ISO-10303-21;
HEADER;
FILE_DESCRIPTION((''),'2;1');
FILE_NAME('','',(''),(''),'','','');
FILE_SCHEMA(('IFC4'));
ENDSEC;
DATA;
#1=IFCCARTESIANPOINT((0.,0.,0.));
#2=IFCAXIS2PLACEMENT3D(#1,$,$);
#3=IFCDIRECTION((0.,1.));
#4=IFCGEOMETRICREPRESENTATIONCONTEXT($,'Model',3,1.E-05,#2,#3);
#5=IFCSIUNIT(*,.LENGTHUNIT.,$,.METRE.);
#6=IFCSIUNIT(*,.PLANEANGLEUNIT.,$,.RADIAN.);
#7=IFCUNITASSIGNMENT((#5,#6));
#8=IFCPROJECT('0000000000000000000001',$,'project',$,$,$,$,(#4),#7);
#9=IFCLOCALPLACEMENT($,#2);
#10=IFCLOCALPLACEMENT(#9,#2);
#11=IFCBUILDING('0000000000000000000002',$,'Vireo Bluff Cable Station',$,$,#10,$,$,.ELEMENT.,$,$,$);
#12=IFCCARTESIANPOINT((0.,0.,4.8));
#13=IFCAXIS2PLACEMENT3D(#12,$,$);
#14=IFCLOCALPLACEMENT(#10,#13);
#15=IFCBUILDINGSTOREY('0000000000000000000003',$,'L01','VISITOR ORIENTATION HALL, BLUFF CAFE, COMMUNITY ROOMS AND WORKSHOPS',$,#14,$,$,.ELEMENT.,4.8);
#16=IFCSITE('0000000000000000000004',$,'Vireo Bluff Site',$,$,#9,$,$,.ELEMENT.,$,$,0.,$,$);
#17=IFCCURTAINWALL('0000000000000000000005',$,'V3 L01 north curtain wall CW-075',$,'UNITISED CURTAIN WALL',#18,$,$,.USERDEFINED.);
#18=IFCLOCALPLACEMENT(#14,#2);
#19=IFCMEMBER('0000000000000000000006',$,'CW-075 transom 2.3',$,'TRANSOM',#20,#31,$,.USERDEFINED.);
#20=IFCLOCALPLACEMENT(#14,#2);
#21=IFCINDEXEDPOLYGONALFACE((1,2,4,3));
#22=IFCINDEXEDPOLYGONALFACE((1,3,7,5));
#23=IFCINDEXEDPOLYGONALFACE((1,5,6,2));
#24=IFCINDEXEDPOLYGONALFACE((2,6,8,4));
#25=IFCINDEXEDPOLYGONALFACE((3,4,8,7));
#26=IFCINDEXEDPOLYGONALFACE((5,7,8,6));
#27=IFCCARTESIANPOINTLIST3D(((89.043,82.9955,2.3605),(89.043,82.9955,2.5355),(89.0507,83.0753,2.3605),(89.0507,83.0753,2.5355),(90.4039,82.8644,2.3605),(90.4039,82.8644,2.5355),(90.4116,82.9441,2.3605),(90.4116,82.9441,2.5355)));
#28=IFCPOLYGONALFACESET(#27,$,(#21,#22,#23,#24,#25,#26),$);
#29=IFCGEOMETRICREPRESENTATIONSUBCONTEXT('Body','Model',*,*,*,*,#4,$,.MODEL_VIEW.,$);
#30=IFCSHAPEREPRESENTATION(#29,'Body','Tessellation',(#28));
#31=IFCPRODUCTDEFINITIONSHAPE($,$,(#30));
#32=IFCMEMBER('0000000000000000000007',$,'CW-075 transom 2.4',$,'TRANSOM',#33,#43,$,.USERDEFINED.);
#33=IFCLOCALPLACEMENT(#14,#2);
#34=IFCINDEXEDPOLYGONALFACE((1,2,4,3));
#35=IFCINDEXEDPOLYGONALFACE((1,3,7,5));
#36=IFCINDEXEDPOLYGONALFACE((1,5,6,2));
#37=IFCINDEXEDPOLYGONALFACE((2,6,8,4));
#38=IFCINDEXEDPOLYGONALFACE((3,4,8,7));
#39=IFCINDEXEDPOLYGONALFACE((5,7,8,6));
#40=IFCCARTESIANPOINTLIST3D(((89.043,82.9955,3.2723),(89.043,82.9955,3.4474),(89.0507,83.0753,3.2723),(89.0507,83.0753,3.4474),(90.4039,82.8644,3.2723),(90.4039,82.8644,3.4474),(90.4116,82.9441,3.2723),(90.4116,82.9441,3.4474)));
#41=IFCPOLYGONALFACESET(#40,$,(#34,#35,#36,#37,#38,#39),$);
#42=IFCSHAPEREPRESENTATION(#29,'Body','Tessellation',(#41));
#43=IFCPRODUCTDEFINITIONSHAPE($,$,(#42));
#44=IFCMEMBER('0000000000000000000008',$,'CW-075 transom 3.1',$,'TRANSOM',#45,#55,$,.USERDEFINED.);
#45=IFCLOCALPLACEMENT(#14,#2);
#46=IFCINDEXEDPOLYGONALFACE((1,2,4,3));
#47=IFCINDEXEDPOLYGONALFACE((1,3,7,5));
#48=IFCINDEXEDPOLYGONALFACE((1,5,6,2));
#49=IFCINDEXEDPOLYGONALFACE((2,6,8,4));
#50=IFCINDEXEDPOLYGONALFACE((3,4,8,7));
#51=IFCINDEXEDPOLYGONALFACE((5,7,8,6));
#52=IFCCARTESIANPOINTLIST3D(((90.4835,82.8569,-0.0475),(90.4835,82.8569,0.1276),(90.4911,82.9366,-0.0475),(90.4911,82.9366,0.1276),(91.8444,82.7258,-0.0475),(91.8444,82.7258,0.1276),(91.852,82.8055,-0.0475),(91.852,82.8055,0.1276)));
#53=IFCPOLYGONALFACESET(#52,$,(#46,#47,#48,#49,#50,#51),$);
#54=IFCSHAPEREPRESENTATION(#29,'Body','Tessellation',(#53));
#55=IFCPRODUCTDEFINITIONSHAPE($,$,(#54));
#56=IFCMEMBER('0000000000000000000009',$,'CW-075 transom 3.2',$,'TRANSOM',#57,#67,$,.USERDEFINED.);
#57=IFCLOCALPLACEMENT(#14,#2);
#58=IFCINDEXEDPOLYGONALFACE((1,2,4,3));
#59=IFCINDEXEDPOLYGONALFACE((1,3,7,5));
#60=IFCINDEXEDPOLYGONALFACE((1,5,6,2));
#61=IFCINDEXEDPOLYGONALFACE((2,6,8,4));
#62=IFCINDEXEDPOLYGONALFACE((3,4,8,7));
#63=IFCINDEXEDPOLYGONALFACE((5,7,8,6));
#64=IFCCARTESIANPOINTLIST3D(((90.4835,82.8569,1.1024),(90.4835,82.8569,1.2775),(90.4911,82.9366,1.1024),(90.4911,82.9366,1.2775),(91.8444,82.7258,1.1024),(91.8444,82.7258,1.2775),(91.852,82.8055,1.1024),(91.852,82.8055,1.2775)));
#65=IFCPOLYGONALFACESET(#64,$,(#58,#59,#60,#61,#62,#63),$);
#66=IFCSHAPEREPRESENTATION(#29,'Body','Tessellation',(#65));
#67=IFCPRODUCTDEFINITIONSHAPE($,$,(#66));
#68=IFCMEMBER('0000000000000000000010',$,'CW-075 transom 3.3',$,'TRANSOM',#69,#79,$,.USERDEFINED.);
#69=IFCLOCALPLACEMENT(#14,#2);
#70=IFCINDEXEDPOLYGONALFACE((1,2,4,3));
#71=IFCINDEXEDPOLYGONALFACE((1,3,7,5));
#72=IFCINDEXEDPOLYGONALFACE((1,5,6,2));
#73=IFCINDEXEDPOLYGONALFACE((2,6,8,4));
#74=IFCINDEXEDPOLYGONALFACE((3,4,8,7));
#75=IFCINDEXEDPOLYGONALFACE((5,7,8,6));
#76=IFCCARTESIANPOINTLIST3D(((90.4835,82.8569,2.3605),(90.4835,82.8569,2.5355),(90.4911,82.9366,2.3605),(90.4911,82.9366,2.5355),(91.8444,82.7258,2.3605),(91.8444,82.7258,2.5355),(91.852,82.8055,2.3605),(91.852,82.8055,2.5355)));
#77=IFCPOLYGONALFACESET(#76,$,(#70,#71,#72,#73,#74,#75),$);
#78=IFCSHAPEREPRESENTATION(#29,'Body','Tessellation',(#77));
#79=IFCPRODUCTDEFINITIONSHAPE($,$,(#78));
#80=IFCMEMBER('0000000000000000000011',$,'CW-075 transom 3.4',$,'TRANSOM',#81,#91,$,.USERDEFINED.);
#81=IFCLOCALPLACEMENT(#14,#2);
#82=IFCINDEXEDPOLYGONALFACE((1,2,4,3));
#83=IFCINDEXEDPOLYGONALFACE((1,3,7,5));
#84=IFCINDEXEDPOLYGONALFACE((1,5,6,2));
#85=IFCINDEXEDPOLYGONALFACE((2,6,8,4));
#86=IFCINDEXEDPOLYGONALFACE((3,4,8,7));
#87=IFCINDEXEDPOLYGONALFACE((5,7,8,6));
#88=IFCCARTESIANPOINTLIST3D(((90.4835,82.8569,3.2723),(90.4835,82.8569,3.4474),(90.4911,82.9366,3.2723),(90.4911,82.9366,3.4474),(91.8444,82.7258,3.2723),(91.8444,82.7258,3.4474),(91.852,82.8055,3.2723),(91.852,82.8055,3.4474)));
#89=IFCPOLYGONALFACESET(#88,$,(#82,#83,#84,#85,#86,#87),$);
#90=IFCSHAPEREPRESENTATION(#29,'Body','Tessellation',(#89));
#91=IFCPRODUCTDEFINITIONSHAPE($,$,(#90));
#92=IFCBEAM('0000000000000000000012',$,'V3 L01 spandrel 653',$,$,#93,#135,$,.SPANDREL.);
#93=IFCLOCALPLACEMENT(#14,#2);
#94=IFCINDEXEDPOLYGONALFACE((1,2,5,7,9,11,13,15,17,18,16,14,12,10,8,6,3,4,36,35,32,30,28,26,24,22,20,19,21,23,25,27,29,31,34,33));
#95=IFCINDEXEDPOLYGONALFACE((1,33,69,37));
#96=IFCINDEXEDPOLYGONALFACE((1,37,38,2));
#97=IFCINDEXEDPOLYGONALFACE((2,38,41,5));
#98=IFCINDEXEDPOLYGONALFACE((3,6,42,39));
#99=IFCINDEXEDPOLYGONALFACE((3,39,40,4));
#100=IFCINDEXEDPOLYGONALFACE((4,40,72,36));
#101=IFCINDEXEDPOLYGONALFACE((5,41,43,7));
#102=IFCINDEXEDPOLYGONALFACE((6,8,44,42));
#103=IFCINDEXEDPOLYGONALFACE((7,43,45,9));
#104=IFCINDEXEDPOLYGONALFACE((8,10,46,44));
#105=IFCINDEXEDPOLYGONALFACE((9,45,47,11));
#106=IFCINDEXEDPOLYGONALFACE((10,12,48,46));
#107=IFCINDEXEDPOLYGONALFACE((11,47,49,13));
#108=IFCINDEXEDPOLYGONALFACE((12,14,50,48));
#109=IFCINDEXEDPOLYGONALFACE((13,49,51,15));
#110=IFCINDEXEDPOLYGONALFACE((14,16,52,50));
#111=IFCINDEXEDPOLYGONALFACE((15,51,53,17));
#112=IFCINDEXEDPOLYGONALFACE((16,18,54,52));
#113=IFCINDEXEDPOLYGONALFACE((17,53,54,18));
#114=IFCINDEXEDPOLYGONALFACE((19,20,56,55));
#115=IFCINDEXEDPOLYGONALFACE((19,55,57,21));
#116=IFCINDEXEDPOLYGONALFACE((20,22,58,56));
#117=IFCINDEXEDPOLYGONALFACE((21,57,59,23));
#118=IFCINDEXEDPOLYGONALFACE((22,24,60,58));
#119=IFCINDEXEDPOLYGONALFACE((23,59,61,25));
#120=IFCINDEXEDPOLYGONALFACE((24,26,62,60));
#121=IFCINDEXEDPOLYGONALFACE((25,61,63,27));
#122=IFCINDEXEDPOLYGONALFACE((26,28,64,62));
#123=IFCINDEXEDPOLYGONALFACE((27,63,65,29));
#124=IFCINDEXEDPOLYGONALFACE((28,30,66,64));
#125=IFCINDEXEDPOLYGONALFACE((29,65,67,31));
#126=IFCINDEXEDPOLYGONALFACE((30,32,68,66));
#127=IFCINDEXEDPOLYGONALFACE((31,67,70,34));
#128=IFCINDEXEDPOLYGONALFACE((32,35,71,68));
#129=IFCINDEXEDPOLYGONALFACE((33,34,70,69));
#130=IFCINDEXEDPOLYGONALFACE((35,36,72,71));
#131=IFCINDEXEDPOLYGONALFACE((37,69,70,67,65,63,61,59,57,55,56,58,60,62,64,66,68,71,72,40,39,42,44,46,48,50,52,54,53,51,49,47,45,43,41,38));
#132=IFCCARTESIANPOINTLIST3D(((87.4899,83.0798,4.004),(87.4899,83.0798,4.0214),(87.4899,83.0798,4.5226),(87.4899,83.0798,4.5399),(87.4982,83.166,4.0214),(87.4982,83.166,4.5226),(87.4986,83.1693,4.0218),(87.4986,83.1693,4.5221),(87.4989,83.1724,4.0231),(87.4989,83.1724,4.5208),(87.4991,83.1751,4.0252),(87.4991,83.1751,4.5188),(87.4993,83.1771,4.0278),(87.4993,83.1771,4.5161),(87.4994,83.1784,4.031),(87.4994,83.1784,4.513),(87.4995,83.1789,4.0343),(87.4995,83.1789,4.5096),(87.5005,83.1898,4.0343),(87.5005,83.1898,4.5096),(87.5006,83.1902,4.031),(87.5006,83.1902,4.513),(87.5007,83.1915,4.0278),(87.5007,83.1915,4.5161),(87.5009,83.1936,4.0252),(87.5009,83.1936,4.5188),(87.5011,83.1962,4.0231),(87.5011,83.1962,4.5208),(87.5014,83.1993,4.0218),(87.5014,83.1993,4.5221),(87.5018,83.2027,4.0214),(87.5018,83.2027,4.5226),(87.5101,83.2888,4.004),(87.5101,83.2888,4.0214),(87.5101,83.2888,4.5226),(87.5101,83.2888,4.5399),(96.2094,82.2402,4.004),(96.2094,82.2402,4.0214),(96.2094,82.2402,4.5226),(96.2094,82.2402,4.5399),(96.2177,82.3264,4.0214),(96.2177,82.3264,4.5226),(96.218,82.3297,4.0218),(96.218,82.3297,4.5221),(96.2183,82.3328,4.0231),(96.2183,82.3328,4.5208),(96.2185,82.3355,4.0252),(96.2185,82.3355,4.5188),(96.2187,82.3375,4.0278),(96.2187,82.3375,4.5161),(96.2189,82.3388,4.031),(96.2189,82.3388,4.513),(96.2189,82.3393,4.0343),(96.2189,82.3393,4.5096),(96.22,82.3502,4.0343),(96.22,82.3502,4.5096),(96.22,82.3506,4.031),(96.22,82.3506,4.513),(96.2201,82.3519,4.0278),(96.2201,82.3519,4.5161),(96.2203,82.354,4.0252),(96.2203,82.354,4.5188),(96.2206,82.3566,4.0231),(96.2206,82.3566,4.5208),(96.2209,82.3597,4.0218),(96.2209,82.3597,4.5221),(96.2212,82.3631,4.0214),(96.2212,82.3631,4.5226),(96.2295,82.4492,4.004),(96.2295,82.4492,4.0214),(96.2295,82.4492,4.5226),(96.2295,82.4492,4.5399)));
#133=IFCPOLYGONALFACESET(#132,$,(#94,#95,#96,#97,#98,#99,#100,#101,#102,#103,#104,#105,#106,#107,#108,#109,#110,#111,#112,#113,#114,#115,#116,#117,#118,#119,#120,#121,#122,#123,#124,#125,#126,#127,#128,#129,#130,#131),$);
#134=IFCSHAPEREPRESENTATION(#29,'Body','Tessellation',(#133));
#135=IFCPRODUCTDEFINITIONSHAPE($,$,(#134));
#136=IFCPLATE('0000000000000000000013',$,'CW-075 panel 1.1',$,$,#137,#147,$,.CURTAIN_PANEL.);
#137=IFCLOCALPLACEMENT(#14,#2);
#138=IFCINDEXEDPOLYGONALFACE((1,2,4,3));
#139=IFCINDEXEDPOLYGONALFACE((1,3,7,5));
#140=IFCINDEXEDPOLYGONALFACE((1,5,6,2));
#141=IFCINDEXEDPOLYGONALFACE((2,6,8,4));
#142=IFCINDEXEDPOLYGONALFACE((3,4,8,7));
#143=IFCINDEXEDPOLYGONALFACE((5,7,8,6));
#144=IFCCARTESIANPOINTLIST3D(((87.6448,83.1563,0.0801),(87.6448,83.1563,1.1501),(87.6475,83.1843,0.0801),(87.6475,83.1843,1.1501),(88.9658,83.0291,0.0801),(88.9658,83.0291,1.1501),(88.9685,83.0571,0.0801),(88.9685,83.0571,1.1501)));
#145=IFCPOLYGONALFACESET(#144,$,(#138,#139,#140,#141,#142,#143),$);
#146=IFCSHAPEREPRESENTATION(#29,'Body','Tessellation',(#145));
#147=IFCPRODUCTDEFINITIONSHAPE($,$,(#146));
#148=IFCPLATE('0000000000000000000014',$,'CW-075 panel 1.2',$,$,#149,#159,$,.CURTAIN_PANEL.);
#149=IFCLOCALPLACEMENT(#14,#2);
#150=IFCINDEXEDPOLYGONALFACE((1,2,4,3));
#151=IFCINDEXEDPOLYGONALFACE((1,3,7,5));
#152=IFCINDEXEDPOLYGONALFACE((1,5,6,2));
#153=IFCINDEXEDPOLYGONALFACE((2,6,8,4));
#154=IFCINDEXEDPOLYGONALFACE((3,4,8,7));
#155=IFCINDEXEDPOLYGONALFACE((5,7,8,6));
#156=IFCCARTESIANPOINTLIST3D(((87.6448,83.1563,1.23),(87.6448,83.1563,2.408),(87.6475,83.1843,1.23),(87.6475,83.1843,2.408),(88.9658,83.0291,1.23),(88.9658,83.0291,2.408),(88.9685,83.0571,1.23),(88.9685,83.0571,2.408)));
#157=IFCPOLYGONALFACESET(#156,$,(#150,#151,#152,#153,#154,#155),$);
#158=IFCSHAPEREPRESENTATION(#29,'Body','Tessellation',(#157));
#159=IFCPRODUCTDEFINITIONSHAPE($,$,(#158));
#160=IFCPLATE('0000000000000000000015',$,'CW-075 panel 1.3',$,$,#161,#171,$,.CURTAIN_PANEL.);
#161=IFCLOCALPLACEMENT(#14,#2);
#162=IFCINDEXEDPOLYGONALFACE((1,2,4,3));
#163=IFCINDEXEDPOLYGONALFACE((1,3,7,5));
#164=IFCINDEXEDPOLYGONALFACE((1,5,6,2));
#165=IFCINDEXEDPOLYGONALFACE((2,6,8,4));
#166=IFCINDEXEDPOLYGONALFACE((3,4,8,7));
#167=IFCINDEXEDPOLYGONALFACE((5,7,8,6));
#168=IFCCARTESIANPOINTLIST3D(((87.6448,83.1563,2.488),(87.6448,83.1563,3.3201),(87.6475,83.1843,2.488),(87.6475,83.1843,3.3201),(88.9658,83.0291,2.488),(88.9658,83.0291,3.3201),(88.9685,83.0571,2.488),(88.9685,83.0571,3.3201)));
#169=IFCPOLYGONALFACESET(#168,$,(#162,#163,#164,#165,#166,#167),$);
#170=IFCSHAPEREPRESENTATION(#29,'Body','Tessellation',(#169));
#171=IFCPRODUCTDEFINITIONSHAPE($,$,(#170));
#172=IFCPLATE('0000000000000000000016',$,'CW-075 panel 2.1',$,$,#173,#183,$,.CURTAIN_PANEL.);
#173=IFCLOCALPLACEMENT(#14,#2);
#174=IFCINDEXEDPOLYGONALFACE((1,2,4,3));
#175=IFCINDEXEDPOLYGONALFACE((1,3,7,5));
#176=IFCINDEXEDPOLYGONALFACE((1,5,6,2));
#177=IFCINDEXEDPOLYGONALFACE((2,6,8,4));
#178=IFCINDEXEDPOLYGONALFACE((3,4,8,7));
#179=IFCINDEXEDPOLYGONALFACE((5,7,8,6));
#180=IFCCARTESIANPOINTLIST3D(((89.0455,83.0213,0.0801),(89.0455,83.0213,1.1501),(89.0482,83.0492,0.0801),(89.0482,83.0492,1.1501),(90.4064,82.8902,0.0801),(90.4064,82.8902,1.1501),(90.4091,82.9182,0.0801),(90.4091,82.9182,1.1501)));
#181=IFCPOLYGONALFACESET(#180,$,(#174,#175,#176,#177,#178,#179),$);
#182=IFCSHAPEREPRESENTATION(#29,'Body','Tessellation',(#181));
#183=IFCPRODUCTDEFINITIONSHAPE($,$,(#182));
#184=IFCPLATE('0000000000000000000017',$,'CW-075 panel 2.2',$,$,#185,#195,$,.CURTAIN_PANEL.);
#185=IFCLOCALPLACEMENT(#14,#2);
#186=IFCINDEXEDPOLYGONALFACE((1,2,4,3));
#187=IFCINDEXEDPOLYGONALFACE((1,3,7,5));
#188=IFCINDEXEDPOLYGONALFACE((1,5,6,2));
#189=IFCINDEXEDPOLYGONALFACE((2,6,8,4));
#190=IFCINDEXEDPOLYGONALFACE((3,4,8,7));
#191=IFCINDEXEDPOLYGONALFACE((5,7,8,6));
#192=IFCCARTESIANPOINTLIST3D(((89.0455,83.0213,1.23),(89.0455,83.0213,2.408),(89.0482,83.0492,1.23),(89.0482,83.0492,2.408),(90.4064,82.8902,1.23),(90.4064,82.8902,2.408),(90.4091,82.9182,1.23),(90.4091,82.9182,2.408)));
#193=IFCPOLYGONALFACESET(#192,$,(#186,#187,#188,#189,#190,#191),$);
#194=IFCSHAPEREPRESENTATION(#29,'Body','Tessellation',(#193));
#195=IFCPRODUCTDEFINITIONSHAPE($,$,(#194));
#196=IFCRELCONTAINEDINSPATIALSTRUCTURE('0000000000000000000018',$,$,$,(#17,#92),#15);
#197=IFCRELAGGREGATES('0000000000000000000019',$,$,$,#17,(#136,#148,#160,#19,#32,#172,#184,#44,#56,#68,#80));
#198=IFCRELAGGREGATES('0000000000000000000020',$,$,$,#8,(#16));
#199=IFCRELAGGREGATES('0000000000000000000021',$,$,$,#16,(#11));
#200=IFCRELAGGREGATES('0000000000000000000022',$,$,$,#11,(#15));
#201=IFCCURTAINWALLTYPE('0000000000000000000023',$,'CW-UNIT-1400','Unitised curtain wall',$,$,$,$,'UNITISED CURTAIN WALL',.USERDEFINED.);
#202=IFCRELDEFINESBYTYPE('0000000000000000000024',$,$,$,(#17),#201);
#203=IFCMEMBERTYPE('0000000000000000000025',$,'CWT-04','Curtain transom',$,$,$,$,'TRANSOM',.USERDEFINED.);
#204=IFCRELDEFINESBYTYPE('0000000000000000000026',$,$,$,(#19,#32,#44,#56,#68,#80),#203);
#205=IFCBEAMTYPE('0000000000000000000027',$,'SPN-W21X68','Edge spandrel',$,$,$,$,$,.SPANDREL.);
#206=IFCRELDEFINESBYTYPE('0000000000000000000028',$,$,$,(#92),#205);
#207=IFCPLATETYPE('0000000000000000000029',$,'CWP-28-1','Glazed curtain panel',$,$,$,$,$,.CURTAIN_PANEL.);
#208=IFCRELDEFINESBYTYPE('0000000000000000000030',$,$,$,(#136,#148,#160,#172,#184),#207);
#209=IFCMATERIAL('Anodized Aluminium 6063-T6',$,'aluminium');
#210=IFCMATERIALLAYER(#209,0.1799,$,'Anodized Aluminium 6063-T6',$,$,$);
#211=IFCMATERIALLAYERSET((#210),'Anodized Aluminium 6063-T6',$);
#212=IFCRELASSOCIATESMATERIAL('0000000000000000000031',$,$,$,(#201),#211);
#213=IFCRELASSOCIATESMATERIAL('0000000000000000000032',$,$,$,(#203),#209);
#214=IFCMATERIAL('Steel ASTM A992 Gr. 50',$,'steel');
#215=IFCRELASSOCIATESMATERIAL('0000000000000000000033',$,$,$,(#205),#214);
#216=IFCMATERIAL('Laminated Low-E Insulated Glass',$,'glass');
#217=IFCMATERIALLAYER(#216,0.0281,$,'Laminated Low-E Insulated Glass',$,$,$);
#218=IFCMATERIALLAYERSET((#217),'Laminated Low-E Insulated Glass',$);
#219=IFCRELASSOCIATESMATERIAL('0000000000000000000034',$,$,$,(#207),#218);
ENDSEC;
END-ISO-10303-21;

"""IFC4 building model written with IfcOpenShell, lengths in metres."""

from ifc_helpers import new_model, si_unit, direction, frame, origin, origin_2d, place, context, subcontext, project, spatial, rectangle, i_section, extrude, material, layer, layer_set, material_profile, profile_set, type_object, element, aggregate, save


model = new_model("IFC4")

# Units and contexts
model_context = context("Model", 3, precision=1e-05, world=origin(), true_north=direction((0.0, 1.0)))
body_context = subcontext(model_context, "Body", "Model", "MODEL_VIEW")
ifc_project = project(units=[si_unit("LENGTHUNIT", "METRE"), si_unit("PLANEANGLEUNIT", "RADIAN")], contexts=[model_context])

# Site, building, storey
site_placement = place(None, origin())
site = spatial("IfcSite", under=ifc_project, at=site_placement, Name="Vireo Bluff Site", CompositionType="ELEMENT", RefElevation=0.0)
building_placement = place(site_placement, origin())
building = spatial("IfcBuilding", under=site, at=building_placement, Name="Vireo Bluff Cable Station", CompositionType="ELEMENT")
storey_placement = place(building_placement, frame((0.0, 0.0, 4.8)))
storey = spatial("IfcBuildingStorey", under=building, at=storey_placement, Name="L01", Description="VISITOR ORIENTATION HALL, BLUFF CAFE, COMMUNITY ROOMS AND WORKSHOPS", CompositionType="ELEMENT", Elevation=4.8)

# Shared definitions
ifc_material_1 = material(Name="Steel ASTM A992 Gr. 50", Category="steel")

# Shared definitions
ifc_material_2 = material(Name="Anodized Aluminium 6063-T6", Category="aluminium")

# Curtain wall, members
ifc_layer_1 = layer(ifc_material_2, 0.1799, Name="Anodized Aluminium 6063-T6")
ifc_layer_set_1 = layer_set([ifc_layer_1], Name="Anodized Aluminium 6063-T6")
curtain_wall_type_1 = type_object("IfcCurtainWallType", Name="CW-UNIT-1400", Description="Unitised curtain wall", ElementType="UNITISED CURTAIN WALL", PredefinedType="USERDEFINED", material=ifc_layer_set_1)
curtain_wall_1_placement = place(storey_placement, origin())
curtain_wall_1 = element("IfcCurtainWall", 1, at=curtain_wall_1_placement, inside=storey, type_object=curtain_wall_type_1, Name="V3 L01 north curtain wall CW-075", ObjectType="UNITISED CURTAIN WALL", PredefinedType="USERDEFINED")
ifc_material_profile_1 = material_profile(ifc_material_2, rectangle(XDim=0.0801, YDim=0.175, at=origin_2d()), Name="ALU-T-80X175")
ifc_profile_set_1 = profile_set([ifc_material_profile_1], Name="Anodized Aluminium 6063-T6")
member_type_1 = type_object("IfcMemberType", Name="CWT-04", Description="Curtain transom", ElementType="TRANSOM", PredefinedType="USERDEFINED", material=ifc_profile_set_1)
member_1_placement = place(storey_placement, frame((89.0469, 83.0354, 2.448), z_axis=(0.995391, -0.095896, 0.0), x_axis=(0.095896, 0.995391, 0.0)))
member_1 = element("IfcMember", 2, at=member_1_placement, type_object=member_type_1, Name="CW-075 transom 2.3", ObjectType="TRANSOM", PredefinedType="USERDEFINED", context=body_context, shape_type="SweptSolid", body=[
    extrude(rectangle(XDim=0.0801, YDim=0.175, at=origin_2d()), origin(), (0.0, 0.0, 1.0), 1.3672),
])
member_2_placement = place(storey_placement, frame((89.0469, 83.0354, 3.3599), z_axis=(0.995391, -0.095896, 0.0), x_axis=(0.095896, 0.995391, 0.0)))
member_2 = element("IfcMember", 3, at=member_2_placement, type_object=member_type_1, Name="CW-075 transom 2.4", ObjectType="TRANSOM", PredefinedType="USERDEFINED", context=body_context, shape_type="SweptSolid", body=[
    extrude(rectangle(XDim=0.0801, YDim=0.175, at=origin_2d()), origin(), (0.0, 0.0, 1.0), 1.3672),
])
member_3_placement = place(storey_placement, frame((90.4873, 82.8967, 0.04), z_axis=(0.995391, -0.095896, 0.0), x_axis=(0.095896, 0.995391, 0.0)))
member_3 = element("IfcMember", 4, at=member_3_placement, type_object=member_type_1, Name="CW-075 transom 3.1", ObjectType="TRANSOM", PredefinedType="USERDEFINED", context=body_context, shape_type="SweptSolid", body=[
    extrude(rectangle(XDim=0.0801, YDim=0.175, at=origin_2d()), origin(), (0.0, 0.0, 1.0), 1.3672),
])
member_4_placement = place(storey_placement, frame((90.4873, 82.8967, 1.1899), z_axis=(0.995391, -0.095896, 0.0), x_axis=(0.095896, 0.995391, 0.0)))
member_4 = element("IfcMember", 5, at=member_4_placement, type_object=member_type_1, Name="CW-075 transom 3.2", ObjectType="TRANSOM", PredefinedType="USERDEFINED", context=body_context, shape_type="SweptSolid", body=[
    extrude(rectangle(XDim=0.0801, YDim=0.175, at=origin_2d()), origin(), (0.0, 0.0, 1.0), 1.3672),
])
member_5_placement = place(storey_placement, frame((90.4873, 82.8967, 2.448), z_axis=(0.995391, -0.095896, 0.0), x_axis=(0.095896, 0.995391, 0.0)))
member_5 = element("IfcMember", 6, at=member_5_placement, type_object=member_type_1, Name="CW-075 transom 3.3", ObjectType="TRANSOM", PredefinedType="USERDEFINED", context=body_context, shape_type="SweptSolid", body=[
    extrude(rectangle(XDim=0.0801, YDim=0.175, at=origin_2d()), origin(), (0.0, 0.0, 1.0), 1.3672),
])
member_6_placement = place(storey_placement, frame((90.4873, 82.8967, 3.3599), z_axis=(0.995391, -0.095896, 0.0), x_axis=(0.095896, 0.995391, 0.0)))
member_6 = element("IfcMember", 7, at=member_6_placement, type_object=member_type_1, Name="CW-075 transom 3.4", ObjectType="TRANSOM", PredefinedType="USERDEFINED", context=body_context, shape_type="SweptSolid", body=[
    extrude(rectangle(XDim=0.0801, YDim=0.175, at=origin_2d()), origin(), (0.0, 0.0, 1.0), 1.3672),
])

# Beam
ifc_material_profile_2 = material_profile(ifc_material_1, i_section(OverallWidth=0.21, OverallDepth=0.5359, WebThickness=0.011, FlangeThickness=0.0173, FilletRadius=0.0129, at=origin_2d()), Name="W21X68")
ifc_profile_set_2 = profile_set([ifc_material_profile_2], Name="Steel ASTM A992 Gr. 50")
beam_type = type_object("IfcBeamType", Name="SPN-W21X68", Description="Edge spandrel", PredefinedType="SPANDREL", material=ifc_profile_set_2)
beam_placement = place(storey_placement, frame((87.5, 83.1843, 4.272), z_axis=(0.995396, -0.095847, 0.0), x_axis=(0.095847, 0.995396, 0.0)))
element("IfcBeam", 8, at=beam_placement, inside=storey, type_object=beam_type, Name="V3 L01 spandrel 653", PredefinedType="SPANDREL", context=body_context, shape_type="SweptSolid", body=[
    extrude(i_section(OverallWidth=0.21, OverallDepth=0.5359, WebThickness=0.011, FlangeThickness=0.0173, FilletRadius=0.0129, at=origin_2d()), origin(), (0.0, 0.0, 1.0), 8.7598),
])

# Plates
ifc_material_3 = material(Name="Laminated Low-E Insulated Glass", Category="glass")
ifc_layer_2 = layer(ifc_material_3, 0.0281, Name="Laminated Low-E Insulated Glass")
ifc_layer_set_2 = layer_set([ifc_layer_2], Name="Laminated Low-E Insulated Glass")
plate_type = type_object("IfcPlateType", Name="CWP-28-1", Description="Glazed curtain panel", PredefinedType="CURTAIN_PANEL", material=ifc_layer_set_2)
plate_1_placement = place(storey_placement, frame((88.3066, 83.1067, 0.0801), z_axis=(0.0, 0.0, 1.0), x_axis=(0.995396, -0.095846, 0.0)))
plate_1 = element("IfcPlate", 9, at=plate_1_placement, type_object=plate_type, Name="CW-075 panel 1.1", PredefinedType="CURTAIN_PANEL", context=body_context, shape_type="SweptSolid", body=[
    extrude(rectangle(XDim=1.3271, YDim=0.0281, at=origin_2d()), origin(), (0.0, 0.0, 1.0), 1.0701),
])
plate_2_placement = place(storey_placement, frame((88.3066, 83.1067, 1.23), z_axis=(0.0, 0.0, 1.0), x_axis=(0.995396, -0.095846, 0.0)))
plate_2 = element("IfcPlate", 10, at=plate_2_placement, type_object=plate_type, Name="CW-075 panel 1.2", PredefinedType="CURTAIN_PANEL", context=body_context, shape_type="SweptSolid", body=[
    extrude(rectangle(XDim=1.3271, YDim=0.0281, at=origin_2d()), origin(), (0.0, 0.0, 1.0), 1.178),
])
plate_3_placement = place(storey_placement, frame((88.3066, 83.1067, 2.488), z_axis=(0.0, 0.0, 1.0), x_axis=(0.995396, -0.095846, 0.0)))
plate_3 = element("IfcPlate", 11, at=plate_3_placement, type_object=plate_type, Name="CW-075 panel 1.3", PredefinedType="CURTAIN_PANEL", context=body_context, shape_type="SweptSolid", body=[
    extrude(rectangle(XDim=1.3271, YDim=0.0281, at=origin_2d()), origin(), (0.0, 0.0, 1.0), 0.832),
])
plate_4_placement = place(storey_placement, frame((89.7273, 82.9697, 0.0801), z_axis=(0.0, 0.0, 1.0), x_axis=(0.995396, -0.095846, 0.0)))
plate_4 = element("IfcPlate", 12, at=plate_4_placement, type_object=plate_type, Name="CW-075 panel 2.1", PredefinedType="CURTAIN_PANEL", context=body_context, shape_type="SweptSolid", body=[
    extrude(rectangle(XDim=1.3672, YDim=0.0281, at=origin_2d()), origin(), (0.0, 0.0, 1.0), 1.0701),
])
plate_5_placement = place(storey_placement, frame((89.7273, 82.9697, 1.23), z_axis=(0.0, 0.0, 1.0), x_axis=(0.995396, -0.095846, 0.0)))
plate_5 = element("IfcPlate", 13, at=plate_5_placement, type_object=plate_type, Name="CW-075 panel 2.2", PredefinedType="CURTAIN_PANEL", context=body_context, shape_type="SweptSolid", body=[
    extrude(rectangle(XDim=1.3672, YDim=0.0281, at=origin_2d()), origin(), (0.0, 0.0, 1.0), 1.178),
])
aggregate(curtain_wall_1, [plate_1, plate_2, plate_3, member_1, member_2, plate_4, plate_5, member_3, member_4, member_5, member_6])

save(model, "model.ifc")
